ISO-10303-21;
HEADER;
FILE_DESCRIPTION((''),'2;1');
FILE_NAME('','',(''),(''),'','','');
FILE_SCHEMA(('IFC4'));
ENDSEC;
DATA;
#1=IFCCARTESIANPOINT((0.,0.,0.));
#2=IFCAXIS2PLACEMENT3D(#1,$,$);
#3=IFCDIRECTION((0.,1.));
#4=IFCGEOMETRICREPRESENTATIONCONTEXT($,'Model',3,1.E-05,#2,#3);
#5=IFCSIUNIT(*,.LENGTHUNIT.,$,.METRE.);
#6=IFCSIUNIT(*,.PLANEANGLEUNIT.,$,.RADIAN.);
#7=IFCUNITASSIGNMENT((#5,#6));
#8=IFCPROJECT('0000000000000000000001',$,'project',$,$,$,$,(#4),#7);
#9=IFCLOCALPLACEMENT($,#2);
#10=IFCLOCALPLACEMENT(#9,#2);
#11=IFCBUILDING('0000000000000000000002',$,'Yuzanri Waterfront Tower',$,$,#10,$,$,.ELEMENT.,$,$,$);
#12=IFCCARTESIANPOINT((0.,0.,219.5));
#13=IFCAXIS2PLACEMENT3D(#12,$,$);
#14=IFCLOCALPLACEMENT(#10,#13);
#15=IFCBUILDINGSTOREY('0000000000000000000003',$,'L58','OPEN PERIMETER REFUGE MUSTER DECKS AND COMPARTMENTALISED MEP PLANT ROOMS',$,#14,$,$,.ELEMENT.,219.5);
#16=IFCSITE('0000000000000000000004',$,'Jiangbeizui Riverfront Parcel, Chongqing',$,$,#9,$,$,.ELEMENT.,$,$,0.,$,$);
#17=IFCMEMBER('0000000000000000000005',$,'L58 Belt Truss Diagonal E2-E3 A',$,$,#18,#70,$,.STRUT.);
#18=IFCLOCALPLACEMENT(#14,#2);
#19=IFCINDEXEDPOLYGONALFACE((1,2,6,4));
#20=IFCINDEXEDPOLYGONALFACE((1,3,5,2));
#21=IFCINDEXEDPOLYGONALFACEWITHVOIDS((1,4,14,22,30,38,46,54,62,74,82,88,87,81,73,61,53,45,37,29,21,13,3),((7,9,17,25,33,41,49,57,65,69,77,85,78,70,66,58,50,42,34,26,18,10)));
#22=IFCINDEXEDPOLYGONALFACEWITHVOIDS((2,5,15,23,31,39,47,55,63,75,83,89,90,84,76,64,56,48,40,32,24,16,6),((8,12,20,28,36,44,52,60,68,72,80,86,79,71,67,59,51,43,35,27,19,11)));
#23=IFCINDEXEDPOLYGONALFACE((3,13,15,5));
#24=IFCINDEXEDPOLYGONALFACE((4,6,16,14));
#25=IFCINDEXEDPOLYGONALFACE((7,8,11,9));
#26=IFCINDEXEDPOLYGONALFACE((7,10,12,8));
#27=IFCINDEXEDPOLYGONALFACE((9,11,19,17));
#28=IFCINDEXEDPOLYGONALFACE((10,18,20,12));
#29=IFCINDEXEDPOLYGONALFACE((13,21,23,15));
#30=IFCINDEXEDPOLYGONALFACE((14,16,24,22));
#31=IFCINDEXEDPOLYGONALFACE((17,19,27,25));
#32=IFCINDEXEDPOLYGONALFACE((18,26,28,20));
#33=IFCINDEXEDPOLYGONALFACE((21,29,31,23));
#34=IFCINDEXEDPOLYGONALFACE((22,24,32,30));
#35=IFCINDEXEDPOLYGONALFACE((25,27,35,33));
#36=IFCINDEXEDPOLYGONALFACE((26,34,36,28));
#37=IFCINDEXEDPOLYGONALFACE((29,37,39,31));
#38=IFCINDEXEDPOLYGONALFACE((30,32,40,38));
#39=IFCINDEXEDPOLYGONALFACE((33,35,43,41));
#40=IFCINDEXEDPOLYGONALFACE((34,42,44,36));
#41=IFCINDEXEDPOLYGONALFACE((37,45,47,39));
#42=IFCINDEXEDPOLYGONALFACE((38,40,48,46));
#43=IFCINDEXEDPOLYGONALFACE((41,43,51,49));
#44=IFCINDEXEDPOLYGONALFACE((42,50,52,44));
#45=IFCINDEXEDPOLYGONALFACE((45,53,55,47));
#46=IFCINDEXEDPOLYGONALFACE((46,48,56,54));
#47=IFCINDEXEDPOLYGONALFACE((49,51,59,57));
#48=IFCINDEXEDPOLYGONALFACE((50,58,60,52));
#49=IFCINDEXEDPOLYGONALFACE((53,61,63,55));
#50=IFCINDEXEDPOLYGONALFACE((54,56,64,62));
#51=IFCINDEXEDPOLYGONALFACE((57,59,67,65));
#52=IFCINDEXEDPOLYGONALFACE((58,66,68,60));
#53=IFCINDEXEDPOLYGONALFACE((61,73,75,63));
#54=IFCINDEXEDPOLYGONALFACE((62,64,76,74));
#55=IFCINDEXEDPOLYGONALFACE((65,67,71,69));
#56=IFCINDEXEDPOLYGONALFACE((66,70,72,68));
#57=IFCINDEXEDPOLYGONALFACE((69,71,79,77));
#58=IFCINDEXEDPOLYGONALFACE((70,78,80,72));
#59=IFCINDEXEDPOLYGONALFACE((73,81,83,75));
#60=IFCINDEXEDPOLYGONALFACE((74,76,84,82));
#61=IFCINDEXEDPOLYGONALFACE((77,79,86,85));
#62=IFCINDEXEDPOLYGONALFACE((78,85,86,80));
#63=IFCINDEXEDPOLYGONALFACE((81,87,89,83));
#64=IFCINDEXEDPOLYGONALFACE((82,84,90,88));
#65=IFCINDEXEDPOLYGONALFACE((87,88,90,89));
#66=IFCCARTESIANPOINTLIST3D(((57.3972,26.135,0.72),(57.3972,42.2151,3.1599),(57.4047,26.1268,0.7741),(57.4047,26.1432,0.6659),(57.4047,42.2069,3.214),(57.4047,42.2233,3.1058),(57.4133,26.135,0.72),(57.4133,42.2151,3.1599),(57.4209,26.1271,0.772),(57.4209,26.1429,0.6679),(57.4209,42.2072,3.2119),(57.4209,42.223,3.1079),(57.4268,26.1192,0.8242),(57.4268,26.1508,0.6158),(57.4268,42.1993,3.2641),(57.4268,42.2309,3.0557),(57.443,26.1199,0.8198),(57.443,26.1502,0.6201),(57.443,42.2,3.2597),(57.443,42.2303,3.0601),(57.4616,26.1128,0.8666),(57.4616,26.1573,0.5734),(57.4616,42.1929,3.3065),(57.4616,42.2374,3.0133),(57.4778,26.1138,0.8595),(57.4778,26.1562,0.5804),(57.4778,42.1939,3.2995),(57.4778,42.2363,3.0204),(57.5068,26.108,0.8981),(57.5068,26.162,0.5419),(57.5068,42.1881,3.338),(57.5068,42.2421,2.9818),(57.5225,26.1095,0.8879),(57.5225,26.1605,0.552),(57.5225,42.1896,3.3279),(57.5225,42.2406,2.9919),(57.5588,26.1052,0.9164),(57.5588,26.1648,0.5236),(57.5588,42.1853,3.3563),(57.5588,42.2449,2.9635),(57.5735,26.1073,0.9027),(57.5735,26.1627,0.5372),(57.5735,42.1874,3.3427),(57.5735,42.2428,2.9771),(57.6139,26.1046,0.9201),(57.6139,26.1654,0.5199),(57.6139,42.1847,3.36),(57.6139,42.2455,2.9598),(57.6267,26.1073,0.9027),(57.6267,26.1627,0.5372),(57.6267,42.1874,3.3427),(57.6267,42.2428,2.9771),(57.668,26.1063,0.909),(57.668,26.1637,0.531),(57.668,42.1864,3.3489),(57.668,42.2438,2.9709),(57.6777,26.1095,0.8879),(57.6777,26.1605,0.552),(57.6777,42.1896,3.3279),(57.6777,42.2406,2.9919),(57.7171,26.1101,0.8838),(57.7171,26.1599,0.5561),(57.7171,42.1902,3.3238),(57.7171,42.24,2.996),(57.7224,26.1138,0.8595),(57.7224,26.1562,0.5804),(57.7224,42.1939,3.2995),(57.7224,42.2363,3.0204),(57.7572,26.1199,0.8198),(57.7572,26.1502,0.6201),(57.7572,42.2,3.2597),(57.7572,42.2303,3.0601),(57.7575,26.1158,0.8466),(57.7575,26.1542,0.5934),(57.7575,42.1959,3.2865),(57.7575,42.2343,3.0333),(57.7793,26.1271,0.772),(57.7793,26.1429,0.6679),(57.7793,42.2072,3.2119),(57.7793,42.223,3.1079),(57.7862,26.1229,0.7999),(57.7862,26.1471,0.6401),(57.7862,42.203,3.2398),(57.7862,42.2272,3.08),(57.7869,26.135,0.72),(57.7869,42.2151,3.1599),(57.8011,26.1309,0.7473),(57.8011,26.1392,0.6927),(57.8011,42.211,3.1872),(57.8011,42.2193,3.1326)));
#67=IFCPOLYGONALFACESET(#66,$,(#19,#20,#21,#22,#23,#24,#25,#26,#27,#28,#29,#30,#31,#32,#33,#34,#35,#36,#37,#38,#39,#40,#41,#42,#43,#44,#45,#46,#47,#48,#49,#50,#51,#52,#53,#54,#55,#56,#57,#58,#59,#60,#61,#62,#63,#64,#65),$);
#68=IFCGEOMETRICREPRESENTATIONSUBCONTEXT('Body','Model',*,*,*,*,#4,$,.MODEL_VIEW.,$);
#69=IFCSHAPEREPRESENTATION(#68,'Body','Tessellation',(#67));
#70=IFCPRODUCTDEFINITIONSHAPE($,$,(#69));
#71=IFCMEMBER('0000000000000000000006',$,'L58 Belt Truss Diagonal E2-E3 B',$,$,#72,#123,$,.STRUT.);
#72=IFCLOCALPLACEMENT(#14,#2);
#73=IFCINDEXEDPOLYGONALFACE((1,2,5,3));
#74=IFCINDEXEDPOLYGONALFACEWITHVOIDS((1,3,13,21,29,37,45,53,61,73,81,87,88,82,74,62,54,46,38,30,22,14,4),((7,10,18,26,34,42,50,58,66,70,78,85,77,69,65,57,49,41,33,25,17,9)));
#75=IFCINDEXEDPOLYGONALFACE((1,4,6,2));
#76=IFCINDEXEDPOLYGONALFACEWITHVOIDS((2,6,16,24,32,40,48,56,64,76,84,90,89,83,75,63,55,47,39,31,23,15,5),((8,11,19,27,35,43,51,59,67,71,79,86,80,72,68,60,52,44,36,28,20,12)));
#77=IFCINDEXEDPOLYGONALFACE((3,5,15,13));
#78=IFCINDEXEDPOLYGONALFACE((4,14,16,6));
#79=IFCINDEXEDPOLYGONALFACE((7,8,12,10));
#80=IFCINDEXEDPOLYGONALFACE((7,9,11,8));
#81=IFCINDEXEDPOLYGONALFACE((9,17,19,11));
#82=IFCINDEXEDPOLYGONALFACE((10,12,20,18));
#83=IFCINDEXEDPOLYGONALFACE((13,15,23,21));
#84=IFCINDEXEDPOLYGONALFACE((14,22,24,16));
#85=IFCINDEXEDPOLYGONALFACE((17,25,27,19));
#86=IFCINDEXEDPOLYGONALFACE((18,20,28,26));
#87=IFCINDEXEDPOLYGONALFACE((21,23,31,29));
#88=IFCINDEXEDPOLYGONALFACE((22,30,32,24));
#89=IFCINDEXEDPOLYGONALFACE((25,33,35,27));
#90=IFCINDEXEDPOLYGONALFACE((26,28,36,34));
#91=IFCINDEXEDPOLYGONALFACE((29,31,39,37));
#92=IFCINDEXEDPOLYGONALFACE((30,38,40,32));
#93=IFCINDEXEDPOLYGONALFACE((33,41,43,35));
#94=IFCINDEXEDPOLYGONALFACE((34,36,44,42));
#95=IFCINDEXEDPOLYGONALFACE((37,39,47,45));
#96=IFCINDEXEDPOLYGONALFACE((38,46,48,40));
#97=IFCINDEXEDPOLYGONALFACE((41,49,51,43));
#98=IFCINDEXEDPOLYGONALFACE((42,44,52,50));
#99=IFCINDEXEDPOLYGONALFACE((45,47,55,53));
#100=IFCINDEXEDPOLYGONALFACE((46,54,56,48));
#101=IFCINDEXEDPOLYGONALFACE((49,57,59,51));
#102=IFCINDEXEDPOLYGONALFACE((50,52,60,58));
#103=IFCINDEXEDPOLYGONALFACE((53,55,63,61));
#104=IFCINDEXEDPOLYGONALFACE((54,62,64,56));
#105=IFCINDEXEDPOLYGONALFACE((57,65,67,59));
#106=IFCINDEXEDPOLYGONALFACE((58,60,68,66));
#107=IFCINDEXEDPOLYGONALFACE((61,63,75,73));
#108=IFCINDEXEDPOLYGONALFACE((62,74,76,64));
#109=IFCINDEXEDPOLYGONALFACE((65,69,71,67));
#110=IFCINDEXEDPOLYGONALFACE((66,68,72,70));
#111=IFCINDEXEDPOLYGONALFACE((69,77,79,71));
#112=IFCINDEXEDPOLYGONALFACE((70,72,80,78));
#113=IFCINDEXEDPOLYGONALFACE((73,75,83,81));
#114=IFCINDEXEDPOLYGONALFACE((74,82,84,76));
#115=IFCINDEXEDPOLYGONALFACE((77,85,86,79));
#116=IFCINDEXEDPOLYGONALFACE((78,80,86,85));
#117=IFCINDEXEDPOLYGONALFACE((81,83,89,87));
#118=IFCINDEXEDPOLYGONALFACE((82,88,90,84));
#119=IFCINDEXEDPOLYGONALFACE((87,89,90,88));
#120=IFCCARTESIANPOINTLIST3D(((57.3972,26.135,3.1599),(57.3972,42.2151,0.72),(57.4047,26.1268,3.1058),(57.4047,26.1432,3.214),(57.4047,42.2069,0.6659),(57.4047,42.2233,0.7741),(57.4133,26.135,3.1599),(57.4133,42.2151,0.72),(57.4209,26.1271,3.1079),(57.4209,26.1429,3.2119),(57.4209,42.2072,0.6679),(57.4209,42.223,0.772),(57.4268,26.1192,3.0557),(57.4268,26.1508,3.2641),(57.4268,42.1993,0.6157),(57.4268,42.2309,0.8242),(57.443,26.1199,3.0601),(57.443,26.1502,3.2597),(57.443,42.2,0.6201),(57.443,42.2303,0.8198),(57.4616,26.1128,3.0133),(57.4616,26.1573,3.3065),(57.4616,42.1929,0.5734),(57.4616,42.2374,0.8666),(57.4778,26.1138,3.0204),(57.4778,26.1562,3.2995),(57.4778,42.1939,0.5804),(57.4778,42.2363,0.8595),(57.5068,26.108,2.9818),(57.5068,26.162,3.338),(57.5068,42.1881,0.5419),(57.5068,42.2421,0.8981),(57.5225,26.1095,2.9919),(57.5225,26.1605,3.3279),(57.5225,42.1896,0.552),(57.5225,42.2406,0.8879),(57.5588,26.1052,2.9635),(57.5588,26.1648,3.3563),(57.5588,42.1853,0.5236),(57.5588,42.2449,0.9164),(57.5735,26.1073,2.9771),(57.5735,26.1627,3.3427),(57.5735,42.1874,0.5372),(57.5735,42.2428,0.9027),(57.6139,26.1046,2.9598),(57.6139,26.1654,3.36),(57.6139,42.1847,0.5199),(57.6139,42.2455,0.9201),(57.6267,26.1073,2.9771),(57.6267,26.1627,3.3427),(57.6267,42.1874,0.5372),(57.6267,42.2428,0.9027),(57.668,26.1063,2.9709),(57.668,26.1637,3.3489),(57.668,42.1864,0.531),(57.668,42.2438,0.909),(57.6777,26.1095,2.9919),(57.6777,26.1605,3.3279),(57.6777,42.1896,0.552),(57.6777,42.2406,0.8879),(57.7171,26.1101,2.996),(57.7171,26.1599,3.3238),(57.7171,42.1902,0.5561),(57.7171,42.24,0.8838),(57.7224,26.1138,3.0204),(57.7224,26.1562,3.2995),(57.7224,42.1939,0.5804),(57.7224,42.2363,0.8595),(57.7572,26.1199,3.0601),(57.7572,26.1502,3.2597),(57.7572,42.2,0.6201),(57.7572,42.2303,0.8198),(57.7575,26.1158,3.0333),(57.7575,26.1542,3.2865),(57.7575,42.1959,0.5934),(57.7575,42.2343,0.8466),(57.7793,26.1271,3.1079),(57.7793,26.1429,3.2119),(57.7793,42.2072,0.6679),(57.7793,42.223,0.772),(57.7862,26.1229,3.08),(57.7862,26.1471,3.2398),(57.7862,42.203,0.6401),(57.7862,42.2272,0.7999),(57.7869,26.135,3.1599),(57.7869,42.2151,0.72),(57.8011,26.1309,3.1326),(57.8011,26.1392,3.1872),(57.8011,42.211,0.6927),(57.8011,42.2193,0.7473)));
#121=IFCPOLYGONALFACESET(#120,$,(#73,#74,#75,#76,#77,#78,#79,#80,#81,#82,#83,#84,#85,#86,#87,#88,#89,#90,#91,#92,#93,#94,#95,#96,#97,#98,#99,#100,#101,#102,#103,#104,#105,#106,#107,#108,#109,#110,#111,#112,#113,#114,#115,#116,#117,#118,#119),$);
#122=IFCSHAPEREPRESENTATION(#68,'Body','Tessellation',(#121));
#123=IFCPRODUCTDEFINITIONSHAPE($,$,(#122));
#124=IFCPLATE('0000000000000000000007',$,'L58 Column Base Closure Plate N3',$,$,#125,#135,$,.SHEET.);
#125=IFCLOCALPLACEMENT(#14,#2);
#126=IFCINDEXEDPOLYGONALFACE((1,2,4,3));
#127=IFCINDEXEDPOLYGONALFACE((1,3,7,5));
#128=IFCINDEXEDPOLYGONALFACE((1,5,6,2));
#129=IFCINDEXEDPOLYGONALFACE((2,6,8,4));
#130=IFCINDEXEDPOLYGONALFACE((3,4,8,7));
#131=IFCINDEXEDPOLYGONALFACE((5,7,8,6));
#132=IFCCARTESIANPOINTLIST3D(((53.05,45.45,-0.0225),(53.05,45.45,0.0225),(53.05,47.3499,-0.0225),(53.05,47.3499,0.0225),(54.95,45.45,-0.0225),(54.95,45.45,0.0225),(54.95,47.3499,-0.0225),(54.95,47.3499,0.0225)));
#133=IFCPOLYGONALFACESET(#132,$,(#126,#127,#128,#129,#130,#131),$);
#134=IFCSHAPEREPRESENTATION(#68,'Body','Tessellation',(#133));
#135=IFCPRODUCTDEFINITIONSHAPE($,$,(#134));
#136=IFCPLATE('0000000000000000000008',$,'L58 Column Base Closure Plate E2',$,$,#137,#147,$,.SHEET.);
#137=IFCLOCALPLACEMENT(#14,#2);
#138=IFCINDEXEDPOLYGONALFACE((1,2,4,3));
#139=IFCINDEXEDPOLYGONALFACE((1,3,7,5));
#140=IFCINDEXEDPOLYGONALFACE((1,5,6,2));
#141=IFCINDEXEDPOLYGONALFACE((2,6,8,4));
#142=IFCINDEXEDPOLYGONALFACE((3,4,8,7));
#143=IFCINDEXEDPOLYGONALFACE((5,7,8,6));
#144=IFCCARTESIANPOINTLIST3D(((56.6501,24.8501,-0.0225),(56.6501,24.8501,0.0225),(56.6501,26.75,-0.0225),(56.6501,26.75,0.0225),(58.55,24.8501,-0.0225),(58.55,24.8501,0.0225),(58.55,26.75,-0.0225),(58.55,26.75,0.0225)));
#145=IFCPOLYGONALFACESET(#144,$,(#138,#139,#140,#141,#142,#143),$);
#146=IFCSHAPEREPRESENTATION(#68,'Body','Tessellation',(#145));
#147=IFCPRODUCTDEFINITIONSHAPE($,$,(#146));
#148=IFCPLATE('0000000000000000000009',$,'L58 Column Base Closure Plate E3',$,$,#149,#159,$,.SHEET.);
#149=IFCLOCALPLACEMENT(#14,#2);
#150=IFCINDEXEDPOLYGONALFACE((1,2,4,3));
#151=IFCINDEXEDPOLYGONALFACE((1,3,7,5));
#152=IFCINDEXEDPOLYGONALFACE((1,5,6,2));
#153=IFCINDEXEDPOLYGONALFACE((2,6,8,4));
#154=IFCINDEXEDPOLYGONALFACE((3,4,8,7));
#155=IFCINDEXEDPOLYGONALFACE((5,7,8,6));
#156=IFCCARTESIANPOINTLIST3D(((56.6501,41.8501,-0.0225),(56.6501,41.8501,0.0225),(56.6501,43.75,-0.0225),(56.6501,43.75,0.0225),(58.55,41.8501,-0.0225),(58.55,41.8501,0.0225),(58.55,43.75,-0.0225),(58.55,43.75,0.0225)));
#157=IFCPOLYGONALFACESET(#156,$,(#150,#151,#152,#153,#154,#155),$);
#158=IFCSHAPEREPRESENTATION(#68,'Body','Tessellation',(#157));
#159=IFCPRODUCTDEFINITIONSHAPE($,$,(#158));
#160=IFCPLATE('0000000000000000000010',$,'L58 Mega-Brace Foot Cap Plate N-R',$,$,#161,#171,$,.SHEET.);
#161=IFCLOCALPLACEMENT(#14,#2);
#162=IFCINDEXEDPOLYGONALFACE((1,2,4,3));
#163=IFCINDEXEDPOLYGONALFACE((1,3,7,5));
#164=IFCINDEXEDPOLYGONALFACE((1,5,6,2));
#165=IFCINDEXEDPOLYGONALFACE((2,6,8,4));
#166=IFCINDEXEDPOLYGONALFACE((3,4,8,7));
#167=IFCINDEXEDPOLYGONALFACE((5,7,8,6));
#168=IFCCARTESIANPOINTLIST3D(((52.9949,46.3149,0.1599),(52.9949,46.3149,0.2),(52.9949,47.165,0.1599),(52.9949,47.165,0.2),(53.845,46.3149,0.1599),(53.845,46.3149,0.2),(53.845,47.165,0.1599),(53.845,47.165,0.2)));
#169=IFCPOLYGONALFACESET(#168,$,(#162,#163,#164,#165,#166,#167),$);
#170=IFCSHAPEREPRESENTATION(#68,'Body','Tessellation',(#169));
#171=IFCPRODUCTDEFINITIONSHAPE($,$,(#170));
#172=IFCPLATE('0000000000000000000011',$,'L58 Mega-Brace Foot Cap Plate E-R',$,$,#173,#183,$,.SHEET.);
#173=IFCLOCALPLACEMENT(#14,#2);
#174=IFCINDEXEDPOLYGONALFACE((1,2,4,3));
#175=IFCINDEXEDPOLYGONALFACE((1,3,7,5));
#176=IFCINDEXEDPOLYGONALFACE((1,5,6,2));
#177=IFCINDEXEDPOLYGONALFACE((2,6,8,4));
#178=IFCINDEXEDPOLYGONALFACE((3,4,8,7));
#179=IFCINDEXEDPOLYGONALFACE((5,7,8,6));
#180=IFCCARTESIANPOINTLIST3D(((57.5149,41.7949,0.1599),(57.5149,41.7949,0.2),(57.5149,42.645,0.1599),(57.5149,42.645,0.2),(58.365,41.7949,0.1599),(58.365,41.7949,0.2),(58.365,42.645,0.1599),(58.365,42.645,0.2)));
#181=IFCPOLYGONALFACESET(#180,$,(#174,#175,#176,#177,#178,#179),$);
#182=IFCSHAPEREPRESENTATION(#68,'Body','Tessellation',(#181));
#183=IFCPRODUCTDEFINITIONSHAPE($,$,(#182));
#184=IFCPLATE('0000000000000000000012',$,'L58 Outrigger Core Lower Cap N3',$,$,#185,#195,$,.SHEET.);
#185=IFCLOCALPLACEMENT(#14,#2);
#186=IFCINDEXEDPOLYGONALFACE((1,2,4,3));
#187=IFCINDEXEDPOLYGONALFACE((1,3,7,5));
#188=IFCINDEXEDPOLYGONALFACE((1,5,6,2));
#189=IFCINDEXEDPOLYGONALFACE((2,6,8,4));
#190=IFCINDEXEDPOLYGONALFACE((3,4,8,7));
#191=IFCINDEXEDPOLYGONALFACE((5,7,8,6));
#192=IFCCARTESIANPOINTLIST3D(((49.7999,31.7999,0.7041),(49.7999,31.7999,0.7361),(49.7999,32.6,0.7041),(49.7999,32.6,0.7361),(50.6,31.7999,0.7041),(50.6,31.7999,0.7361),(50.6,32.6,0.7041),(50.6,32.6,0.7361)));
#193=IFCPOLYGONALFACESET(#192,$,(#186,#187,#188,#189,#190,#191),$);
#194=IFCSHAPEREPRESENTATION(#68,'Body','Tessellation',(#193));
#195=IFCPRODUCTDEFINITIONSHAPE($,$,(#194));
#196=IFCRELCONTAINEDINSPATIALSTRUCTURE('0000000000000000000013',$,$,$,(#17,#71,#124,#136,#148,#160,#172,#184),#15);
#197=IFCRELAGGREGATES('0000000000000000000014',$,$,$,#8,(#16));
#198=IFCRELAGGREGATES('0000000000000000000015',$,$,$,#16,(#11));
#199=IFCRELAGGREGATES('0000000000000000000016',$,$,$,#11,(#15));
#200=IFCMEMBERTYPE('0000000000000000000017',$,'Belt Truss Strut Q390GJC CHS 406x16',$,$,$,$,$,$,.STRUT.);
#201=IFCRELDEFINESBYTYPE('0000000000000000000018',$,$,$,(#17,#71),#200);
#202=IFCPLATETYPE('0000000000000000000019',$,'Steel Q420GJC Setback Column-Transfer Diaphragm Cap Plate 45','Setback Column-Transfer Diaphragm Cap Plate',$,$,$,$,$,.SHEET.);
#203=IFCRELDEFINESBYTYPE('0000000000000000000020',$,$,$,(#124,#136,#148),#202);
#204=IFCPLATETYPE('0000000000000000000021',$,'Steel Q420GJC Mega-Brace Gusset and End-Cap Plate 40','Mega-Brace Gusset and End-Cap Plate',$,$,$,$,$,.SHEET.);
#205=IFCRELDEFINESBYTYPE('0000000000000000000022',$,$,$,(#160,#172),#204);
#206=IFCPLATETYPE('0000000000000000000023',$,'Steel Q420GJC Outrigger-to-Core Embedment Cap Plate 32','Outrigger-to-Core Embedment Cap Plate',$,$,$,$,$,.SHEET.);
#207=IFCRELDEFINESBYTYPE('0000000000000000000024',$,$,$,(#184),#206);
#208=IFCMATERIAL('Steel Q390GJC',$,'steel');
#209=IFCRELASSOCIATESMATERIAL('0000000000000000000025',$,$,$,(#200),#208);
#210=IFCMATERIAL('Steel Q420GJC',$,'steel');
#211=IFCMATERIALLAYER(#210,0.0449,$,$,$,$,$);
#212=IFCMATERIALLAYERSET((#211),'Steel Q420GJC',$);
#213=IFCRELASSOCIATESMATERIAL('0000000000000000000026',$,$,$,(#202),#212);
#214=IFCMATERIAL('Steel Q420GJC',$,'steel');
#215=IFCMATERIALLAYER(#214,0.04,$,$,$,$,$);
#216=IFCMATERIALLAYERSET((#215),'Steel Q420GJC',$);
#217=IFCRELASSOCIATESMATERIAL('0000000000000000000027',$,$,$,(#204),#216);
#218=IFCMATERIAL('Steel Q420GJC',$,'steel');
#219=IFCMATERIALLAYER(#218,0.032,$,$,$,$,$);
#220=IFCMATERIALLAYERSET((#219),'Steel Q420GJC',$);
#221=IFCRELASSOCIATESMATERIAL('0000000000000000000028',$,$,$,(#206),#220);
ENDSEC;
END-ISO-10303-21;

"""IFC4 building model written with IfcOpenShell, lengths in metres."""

from ifc_helpers import new_model, si_unit, direction, frame, origin, origin_2d, place, context, subcontext, project, spatial, rectangle, hollow_circle, extrude, source, transform, mapped, material, layer, layer_set, material_profile, profile_set, type_object, element, save


model = new_model("IFC4")

# Units and contexts
model_context = context("Model", 3, precision=1e-05, world=origin(), true_north=direction((0.0, 1.0)))
body_context = subcontext(model_context, "Body", "Model", "MODEL_VIEW")
ifc_project = project(units=[si_unit("LENGTHUNIT", "METRE"), si_unit("PLANEANGLEUNIT", "RADIAN")], contexts=[model_context])

# Site, building, storey
site_placement = place(None, origin())
site = spatial("IfcSite", under=ifc_project, at=site_placement, Name="Jiangbeizui Riverfront Parcel, Chongqing", CompositionType="ELEMENT", RefElevation=0.0)
building_placement = place(site_placement, origin())
building = spatial("IfcBuilding", under=site, at=building_placement, Name="Yuzanri Waterfront Tower", CompositionType="ELEMENT")
storey_placement = place(building_placement, frame((0.0, 0.0, 219.5)))
storey = spatial("IfcBuildingStorey", under=building, at=storey_placement, Name="L58", Description="OPEN PERIMETER REFUGE MUSTER DECKS AND COMPARTMENTALISED MEP PLANT ROOMS", CompositionType="ELEMENT", Elevation=219.5)

# Members
ifc_material_1 = material(Name="Steel Q390GJC", Category="steel")
ifc_material_profile_1 = material_profile(ifc_material_1, hollow_circle(Radius=0.2029, WallThickness=0.0161, at=origin_2d()), Name="CHS 406x16")
ifc_profile_set_1 = profile_set([ifc_material_profile_1], Name="Steel Q390GJC")
member_type_1 = type_object("IfcMemberType", Name="Belt Truss Strut Q390GJC CHS 406x16", PredefinedType="STRUT", material=ifc_profile_set_1)
shared_shape_1 = source(origin(), body_context, "Body", "SweptSolid", [
    extrude(hollow_circle(Radius=0.2029, WallThickness=0.0161, at=origin_2d()), origin(), (0.0, 0.0, 1.0), 16.2642),
])
for number, where, z_axis, x_axis, name in (
    (1, (57.6001, 26.135, 0.72), (0.0, 0.988683, 0.15002), (-1.0, 0.0, 0.0), "L58 Belt Truss Diagonal E2-E3 A"),
    (2, (57.6001, 26.135, 3.1599), (0.0, 0.988683, -0.15002), (-1.0, 0.0, 0.0), "L58 Belt Truss Diagonal E2-E3 B"),
):
    element("IfcMember", number, at=place(storey_placement, frame(where, z_axis=z_axis, x_axis=x_axis)), inside=storey, type_object=member_type_1, Name=name, PredefinedType="STRUT", context=body_context, shape_type="MappedRepresentation", body=[
        mapped(shared_shape_1, transform((0.0, 0.0, 0.0), scale=1.0)),
    ])

# Plates
ifc_material_2 = material(Name="Steel Q420GJC", Category="steel")
ifc_layer_1 = layer(ifc_material_2, 0.0449)
ifc_layer_set_1 = layer_set([ifc_layer_1], Name="Steel Q420GJC")
plate_type_1 = type_object("IfcPlateType", Name="Steel Q420GJC Setback Column-Transfer Diaphragm Cap Plate 45", Description="Setback Column-Transfer Diaphragm Cap Plate", PredefinedType="SHEET", material=ifc_layer_set_1)
shared_shape_2 = source(origin(), body_context, "Body", "SweptSolid", [
    extrude(rectangle(XDim=1.8999, YDim=1.8999, at=origin_2d()), origin(), (0.0, 0.0, 1.0), 0.0449),
])
for number, where, z_axis, x_axis, name in (
    (3, (54.0, 46.3999, -0.0225), (0.0, 0.0, 1.0), (1.0, 0.0, 0.0), "L58 Column Base Closure Plate N3"),
    (4, (57.6001, 25.8, -0.0225), (0.0, 0.0, 1.0), (1.0, 0.0, 0.0), "L58 Column Base Closure Plate E2"),
    (5, (57.6001, 42.8, -0.0225), (0.0, 0.0, 1.0), (1.0, 0.0, 0.0), "L58 Column Base Closure Plate E3"),
):
    element("IfcPlate", number, at=place(storey_placement, frame(where, z_axis=z_axis, x_axis=x_axis)), inside=storey, type_object=plate_type_1, Name=name, PredefinedType="SHEET", context=body_context, shape_type="MappedRepresentation", body=[
        mapped(shared_shape_2, transform((0.0, 0.0, 0.0), scale=1.0)),
    ])
ifc_material_3 = material(Name="Steel Q420GJC", Category="steel")
ifc_layer_2 = layer(ifc_material_3, 0.04)
ifc_layer_set_2 = layer_set([ifc_layer_2], Name="Steel Q420GJC")
plate_type_2 = type_object("IfcPlateType", Name="Steel Q420GJC Mega-Brace Gusset and End-Cap Plate 40", Description="Mega-Brace Gusset and End-Cap Plate", PredefinedType="SHEET", material=ifc_layer_set_2)
shared_shape_3 = source(origin(), body_context, "Body", "SweptSolid", [
    extrude(rectangle(XDim=0.8501, YDim=0.8501, at=origin_2d()), origin(), (0.0, 0.0, 1.0), 0.04),
])
for number, where, z_axis, x_axis, name in (
    (6, (53.4199, 46.74, 0.1599), (0.0, 0.0, 1.0), (1.0, 0.0, 0.0), "L58 Mega-Brace Foot Cap Plate N-R"),
    (7, (57.9399, 42.22, 0.1599), (0.0, 0.0, 1.0), (1.0, 0.0, 0.0), "L58 Mega-Brace Foot Cap Plate E-R"),
):
    element("IfcPlate", number, at=place(storey_placement, frame(where, z_axis=z_axis, x_axis=x_axis)), inside=storey, type_object=plate_type_2, Name=name, PredefinedType="SHEET", context=body_context, shape_type="MappedRepresentation", body=[
        mapped(shared_shape_3, transform((0.0, 0.0, 0.0), scale=1.0)),
    ])
ifc_material_4 = material(Name="Steel Q420GJC", Category="steel")
ifc_layer_3 = layer(ifc_material_4, 0.032)
ifc_layer_set_3 = layer_set([ifc_layer_3], Name="Steel Q420GJC")
plate_type_3 = type_object("IfcPlateType", Name="Steel Q420GJC Outrigger-to-Core Embedment Cap Plate 32", Description="Outrigger-to-Core Embedment Cap Plate", PredefinedType="SHEET", material=ifc_layer_set_3)
shared_shape_4 = source(origin(), body_context, "Body", "SweptSolid", [
    extrude(rectangle(XDim=0.8, YDim=0.8, at=origin_2d()), origin(), (0.0, 0.0, 1.0), 0.032),
])
for number, where, z_axis, x_axis, name in (
    (8, (50.2, 32.2, 0.7041), (0.0, 0.0, 1.0), (1.0, 0.0, 0.0), "L58 Outrigger Core Lower Cap N3"),
):
    element("IfcPlate", number, at=place(storey_placement, frame(where, z_axis=z_axis, x_axis=x_axis)), inside=storey, type_object=plate_type_3, Name=name, PredefinedType="SHEET", context=body_context, shape_type="MappedRepresentation", body=[
        mapped(shared_shape_4, transform((0.0, 0.0, 0.0), scale=1.0)),
    ])

save(model, "model.ifc")
